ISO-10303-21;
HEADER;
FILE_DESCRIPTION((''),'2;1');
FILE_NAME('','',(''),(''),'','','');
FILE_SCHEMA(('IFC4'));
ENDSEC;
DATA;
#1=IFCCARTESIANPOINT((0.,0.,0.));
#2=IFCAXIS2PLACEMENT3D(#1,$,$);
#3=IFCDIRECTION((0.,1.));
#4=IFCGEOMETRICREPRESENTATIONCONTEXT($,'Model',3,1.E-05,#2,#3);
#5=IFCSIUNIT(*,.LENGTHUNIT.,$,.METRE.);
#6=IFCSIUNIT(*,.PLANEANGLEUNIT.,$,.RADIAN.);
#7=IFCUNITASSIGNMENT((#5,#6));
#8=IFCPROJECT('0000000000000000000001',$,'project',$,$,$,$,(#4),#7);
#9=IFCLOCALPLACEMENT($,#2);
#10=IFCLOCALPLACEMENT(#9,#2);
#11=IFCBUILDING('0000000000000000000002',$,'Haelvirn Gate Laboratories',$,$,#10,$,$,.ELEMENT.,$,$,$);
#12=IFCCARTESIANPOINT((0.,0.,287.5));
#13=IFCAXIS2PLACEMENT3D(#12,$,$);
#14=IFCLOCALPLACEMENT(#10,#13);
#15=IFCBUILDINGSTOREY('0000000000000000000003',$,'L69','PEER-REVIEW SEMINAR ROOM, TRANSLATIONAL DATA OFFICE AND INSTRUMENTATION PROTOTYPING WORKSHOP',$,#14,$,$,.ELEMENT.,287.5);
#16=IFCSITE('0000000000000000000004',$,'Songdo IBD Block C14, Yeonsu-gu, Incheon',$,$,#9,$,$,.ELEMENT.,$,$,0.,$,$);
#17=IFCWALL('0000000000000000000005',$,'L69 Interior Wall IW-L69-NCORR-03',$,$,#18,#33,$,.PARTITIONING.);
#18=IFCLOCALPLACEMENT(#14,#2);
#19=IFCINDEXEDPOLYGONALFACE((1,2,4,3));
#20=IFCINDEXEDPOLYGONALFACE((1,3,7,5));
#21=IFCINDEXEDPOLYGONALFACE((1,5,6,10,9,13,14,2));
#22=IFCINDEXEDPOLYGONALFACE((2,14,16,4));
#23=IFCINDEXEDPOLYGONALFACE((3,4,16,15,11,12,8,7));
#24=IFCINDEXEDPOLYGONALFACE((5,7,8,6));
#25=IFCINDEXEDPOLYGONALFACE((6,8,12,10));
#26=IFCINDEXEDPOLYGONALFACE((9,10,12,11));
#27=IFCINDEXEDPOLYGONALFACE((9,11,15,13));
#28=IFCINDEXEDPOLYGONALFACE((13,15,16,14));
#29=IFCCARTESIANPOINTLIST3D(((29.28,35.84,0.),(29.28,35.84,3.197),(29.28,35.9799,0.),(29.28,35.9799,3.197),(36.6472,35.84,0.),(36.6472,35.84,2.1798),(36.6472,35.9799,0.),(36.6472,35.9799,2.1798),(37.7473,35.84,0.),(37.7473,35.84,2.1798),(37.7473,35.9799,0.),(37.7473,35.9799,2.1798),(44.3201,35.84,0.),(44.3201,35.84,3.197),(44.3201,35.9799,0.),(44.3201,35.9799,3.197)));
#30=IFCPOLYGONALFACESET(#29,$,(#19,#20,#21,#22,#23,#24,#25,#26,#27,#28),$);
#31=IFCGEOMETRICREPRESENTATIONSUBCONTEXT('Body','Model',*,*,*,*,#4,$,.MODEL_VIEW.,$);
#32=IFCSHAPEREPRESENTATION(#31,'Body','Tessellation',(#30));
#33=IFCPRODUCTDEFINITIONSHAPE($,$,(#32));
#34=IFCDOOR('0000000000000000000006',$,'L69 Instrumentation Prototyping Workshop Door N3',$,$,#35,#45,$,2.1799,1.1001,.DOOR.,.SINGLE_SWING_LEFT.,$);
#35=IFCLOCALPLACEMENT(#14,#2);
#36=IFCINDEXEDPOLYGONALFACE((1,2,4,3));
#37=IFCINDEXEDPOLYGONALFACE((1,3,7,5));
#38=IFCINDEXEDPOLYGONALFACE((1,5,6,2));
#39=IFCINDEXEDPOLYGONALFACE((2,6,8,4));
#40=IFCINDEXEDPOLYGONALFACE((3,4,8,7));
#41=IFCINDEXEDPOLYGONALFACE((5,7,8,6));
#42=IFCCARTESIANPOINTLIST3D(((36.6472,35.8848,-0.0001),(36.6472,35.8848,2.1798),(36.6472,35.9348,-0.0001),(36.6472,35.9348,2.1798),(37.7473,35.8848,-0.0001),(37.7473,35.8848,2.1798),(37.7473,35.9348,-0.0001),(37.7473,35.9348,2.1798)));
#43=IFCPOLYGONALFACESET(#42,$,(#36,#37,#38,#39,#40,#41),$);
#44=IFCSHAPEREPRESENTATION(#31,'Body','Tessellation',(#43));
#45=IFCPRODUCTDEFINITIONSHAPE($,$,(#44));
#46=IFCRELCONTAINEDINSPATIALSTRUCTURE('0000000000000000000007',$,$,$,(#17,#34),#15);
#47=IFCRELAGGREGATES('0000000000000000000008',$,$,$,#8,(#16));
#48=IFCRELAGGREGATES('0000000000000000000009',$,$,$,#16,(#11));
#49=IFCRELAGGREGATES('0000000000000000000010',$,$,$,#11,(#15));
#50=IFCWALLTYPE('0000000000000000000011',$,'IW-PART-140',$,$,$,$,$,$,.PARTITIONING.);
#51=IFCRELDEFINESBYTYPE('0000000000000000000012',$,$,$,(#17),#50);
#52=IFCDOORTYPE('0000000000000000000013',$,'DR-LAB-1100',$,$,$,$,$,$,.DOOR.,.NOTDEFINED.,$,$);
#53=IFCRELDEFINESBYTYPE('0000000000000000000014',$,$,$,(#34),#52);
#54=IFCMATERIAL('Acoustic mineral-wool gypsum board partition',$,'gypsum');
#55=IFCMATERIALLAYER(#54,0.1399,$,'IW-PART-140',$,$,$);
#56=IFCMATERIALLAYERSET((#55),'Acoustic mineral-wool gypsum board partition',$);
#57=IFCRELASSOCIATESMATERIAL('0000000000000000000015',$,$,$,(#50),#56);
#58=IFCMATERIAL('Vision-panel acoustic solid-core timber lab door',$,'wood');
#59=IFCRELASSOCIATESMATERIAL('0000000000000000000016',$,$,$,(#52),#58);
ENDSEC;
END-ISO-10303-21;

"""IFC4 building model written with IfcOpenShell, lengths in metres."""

from ifc_helpers import new_model, si_unit, direction, frame, frame_2d, origin, place, context, subcontext, project, spatial, rectangle, extrude, source, transform, mapped, material, layer, layer_set, type_object, type_shapes, element, fill, save


model = new_model("IFC4")

# Units and contexts
model_context = context("Model", 3, precision=1e-05, world=origin(), true_north=direction((0.0, 1.0)))
body_context = subcontext(model_context, "Body", "Model", "MODEL_VIEW")
ifc_project = project(units=[si_unit("LENGTHUNIT", "METRE"), si_unit("PLANEANGLEUNIT", "RADIAN")], contexts=[model_context])

# Site, building, storey
site_placement = place(None, origin())
site = spatial("IfcSite", under=ifc_project, at=site_placement, Name="Songdo IBD Block C14, Yeonsu-gu, Incheon", CompositionType="ELEMENT", RefElevation=0.0)
building_placement = place(site_placement, origin())
building = spatial("IfcBuilding", under=site, at=building_placement, Name="Haelvirn Gate Laboratories", CompositionType="ELEMENT")
storey_placement = place(building_placement, frame((0.0, 0.0, 287.5)))
storey = spatial("IfcBuildingStorey", under=building, at=storey_placement, Name="L69", Description="PEER-REVIEW SEMINAR ROOM, TRANSLATIONAL DATA OFFICE AND INSTRUMENTATION PROTOTYPING WORKSHOP", CompositionType="ELEMENT", Elevation=287.5)

# Wall, opening, door
ifc_material_1 = material(Name="Acoustic mineral-wool gypsum board partition", Category="gypsum")
ifc_layer_1 = layer(ifc_material_1, 0.1399, Name="IW-PART-140")
ifc_layer_set_1 = layer_set([ifc_layer_1], Name="Acoustic mineral-wool gypsum board partition")
wall_type_1 = type_object("IfcWallType", Name="IW-PART-140", PredefinedType="PARTITIONING", material=ifc_layer_set_1)
wall_1_placement = place(storey_placement, frame((29.28, 35.9099, 0.0), z_axis=(0.0, 0.0, 1.0), x_axis=(1.0, 0.0, 0.0)))
wall_1 = element("IfcWall", 1, at=wall_1_placement, inside=storey, type_object=wall_type_1, Name="L69 Interior Wall IW-L69-NCORR-03", PredefinedType="PARTITIONING", context=body_context, shape_type="SweptSolid", body=[
    extrude(rectangle(XDim=15.04, YDim=0.1399, at=frame_2d((7.52, 0.0))), origin(), (0.0, 0.0, 1.0), 3.197),
])
opening_placement = place(wall_1_placement, frame((7.3672, 0.0, 0.0)))
opening = element("IfcOpeningElement", 2, at=opening_placement, cuts=wall_1, PredefinedType="OPENING", context=body_context, shape_type="SweptSolid", body=[
    extrude(rectangle(XDim=1.1001, YDim=2.1799, at=frame_2d((0.55, 1.0898))), frame((0.0, 0.0801, 0.0), z_axis=(0.0, -1.0, 0.0), x_axis=(1.0, 0.0, 0.0)), (0.0, 0.0, 1.0), 0.1599),
])
ifc_material_2 = material(Name="Vision-panel acoustic solid-core timber lab door", Category="wood")
door_type = type_object("IfcDoorType", Name="DR-LAB-1100", OperationType="NOTDEFINED", PredefinedType="DOOR", material=ifc_material_2)
shared_shape_1 = source(origin(), body_context, "Body", "SweptSolid", [
    extrude(rectangle(XDim=1.1001, YDim=2.1799, at=frame_2d((0.55, 1.0898))), frame((0.0, 0.0249, 0.0), z_axis=(0.0, -1.0, 0.0), x_axis=(1.0, 0.0, 0.0)), (0.0, 0.0, 1.0), 0.05),
])
type_shapes(door_type, [shared_shape_1])
door_placement = place(opening_placement, origin())
door = element("IfcDoor", 3, at=door_placement, inside=storey, type_object=door_type, Name="L69 Instrumentation Prototyping Workshop Door N3", OperationType="SINGLE_SWING_LEFT", OverallHeight=2.1799, OverallWidth=1.1001, PredefinedType="DOOR", context=body_context, shape_type="MappedRepresentation", body=[
    mapped(shared_shape_1, transform((0.0, 0.0, 0.0), scale=1.0)),
])
fill(opening, door)

save(model, "model.ifc")
